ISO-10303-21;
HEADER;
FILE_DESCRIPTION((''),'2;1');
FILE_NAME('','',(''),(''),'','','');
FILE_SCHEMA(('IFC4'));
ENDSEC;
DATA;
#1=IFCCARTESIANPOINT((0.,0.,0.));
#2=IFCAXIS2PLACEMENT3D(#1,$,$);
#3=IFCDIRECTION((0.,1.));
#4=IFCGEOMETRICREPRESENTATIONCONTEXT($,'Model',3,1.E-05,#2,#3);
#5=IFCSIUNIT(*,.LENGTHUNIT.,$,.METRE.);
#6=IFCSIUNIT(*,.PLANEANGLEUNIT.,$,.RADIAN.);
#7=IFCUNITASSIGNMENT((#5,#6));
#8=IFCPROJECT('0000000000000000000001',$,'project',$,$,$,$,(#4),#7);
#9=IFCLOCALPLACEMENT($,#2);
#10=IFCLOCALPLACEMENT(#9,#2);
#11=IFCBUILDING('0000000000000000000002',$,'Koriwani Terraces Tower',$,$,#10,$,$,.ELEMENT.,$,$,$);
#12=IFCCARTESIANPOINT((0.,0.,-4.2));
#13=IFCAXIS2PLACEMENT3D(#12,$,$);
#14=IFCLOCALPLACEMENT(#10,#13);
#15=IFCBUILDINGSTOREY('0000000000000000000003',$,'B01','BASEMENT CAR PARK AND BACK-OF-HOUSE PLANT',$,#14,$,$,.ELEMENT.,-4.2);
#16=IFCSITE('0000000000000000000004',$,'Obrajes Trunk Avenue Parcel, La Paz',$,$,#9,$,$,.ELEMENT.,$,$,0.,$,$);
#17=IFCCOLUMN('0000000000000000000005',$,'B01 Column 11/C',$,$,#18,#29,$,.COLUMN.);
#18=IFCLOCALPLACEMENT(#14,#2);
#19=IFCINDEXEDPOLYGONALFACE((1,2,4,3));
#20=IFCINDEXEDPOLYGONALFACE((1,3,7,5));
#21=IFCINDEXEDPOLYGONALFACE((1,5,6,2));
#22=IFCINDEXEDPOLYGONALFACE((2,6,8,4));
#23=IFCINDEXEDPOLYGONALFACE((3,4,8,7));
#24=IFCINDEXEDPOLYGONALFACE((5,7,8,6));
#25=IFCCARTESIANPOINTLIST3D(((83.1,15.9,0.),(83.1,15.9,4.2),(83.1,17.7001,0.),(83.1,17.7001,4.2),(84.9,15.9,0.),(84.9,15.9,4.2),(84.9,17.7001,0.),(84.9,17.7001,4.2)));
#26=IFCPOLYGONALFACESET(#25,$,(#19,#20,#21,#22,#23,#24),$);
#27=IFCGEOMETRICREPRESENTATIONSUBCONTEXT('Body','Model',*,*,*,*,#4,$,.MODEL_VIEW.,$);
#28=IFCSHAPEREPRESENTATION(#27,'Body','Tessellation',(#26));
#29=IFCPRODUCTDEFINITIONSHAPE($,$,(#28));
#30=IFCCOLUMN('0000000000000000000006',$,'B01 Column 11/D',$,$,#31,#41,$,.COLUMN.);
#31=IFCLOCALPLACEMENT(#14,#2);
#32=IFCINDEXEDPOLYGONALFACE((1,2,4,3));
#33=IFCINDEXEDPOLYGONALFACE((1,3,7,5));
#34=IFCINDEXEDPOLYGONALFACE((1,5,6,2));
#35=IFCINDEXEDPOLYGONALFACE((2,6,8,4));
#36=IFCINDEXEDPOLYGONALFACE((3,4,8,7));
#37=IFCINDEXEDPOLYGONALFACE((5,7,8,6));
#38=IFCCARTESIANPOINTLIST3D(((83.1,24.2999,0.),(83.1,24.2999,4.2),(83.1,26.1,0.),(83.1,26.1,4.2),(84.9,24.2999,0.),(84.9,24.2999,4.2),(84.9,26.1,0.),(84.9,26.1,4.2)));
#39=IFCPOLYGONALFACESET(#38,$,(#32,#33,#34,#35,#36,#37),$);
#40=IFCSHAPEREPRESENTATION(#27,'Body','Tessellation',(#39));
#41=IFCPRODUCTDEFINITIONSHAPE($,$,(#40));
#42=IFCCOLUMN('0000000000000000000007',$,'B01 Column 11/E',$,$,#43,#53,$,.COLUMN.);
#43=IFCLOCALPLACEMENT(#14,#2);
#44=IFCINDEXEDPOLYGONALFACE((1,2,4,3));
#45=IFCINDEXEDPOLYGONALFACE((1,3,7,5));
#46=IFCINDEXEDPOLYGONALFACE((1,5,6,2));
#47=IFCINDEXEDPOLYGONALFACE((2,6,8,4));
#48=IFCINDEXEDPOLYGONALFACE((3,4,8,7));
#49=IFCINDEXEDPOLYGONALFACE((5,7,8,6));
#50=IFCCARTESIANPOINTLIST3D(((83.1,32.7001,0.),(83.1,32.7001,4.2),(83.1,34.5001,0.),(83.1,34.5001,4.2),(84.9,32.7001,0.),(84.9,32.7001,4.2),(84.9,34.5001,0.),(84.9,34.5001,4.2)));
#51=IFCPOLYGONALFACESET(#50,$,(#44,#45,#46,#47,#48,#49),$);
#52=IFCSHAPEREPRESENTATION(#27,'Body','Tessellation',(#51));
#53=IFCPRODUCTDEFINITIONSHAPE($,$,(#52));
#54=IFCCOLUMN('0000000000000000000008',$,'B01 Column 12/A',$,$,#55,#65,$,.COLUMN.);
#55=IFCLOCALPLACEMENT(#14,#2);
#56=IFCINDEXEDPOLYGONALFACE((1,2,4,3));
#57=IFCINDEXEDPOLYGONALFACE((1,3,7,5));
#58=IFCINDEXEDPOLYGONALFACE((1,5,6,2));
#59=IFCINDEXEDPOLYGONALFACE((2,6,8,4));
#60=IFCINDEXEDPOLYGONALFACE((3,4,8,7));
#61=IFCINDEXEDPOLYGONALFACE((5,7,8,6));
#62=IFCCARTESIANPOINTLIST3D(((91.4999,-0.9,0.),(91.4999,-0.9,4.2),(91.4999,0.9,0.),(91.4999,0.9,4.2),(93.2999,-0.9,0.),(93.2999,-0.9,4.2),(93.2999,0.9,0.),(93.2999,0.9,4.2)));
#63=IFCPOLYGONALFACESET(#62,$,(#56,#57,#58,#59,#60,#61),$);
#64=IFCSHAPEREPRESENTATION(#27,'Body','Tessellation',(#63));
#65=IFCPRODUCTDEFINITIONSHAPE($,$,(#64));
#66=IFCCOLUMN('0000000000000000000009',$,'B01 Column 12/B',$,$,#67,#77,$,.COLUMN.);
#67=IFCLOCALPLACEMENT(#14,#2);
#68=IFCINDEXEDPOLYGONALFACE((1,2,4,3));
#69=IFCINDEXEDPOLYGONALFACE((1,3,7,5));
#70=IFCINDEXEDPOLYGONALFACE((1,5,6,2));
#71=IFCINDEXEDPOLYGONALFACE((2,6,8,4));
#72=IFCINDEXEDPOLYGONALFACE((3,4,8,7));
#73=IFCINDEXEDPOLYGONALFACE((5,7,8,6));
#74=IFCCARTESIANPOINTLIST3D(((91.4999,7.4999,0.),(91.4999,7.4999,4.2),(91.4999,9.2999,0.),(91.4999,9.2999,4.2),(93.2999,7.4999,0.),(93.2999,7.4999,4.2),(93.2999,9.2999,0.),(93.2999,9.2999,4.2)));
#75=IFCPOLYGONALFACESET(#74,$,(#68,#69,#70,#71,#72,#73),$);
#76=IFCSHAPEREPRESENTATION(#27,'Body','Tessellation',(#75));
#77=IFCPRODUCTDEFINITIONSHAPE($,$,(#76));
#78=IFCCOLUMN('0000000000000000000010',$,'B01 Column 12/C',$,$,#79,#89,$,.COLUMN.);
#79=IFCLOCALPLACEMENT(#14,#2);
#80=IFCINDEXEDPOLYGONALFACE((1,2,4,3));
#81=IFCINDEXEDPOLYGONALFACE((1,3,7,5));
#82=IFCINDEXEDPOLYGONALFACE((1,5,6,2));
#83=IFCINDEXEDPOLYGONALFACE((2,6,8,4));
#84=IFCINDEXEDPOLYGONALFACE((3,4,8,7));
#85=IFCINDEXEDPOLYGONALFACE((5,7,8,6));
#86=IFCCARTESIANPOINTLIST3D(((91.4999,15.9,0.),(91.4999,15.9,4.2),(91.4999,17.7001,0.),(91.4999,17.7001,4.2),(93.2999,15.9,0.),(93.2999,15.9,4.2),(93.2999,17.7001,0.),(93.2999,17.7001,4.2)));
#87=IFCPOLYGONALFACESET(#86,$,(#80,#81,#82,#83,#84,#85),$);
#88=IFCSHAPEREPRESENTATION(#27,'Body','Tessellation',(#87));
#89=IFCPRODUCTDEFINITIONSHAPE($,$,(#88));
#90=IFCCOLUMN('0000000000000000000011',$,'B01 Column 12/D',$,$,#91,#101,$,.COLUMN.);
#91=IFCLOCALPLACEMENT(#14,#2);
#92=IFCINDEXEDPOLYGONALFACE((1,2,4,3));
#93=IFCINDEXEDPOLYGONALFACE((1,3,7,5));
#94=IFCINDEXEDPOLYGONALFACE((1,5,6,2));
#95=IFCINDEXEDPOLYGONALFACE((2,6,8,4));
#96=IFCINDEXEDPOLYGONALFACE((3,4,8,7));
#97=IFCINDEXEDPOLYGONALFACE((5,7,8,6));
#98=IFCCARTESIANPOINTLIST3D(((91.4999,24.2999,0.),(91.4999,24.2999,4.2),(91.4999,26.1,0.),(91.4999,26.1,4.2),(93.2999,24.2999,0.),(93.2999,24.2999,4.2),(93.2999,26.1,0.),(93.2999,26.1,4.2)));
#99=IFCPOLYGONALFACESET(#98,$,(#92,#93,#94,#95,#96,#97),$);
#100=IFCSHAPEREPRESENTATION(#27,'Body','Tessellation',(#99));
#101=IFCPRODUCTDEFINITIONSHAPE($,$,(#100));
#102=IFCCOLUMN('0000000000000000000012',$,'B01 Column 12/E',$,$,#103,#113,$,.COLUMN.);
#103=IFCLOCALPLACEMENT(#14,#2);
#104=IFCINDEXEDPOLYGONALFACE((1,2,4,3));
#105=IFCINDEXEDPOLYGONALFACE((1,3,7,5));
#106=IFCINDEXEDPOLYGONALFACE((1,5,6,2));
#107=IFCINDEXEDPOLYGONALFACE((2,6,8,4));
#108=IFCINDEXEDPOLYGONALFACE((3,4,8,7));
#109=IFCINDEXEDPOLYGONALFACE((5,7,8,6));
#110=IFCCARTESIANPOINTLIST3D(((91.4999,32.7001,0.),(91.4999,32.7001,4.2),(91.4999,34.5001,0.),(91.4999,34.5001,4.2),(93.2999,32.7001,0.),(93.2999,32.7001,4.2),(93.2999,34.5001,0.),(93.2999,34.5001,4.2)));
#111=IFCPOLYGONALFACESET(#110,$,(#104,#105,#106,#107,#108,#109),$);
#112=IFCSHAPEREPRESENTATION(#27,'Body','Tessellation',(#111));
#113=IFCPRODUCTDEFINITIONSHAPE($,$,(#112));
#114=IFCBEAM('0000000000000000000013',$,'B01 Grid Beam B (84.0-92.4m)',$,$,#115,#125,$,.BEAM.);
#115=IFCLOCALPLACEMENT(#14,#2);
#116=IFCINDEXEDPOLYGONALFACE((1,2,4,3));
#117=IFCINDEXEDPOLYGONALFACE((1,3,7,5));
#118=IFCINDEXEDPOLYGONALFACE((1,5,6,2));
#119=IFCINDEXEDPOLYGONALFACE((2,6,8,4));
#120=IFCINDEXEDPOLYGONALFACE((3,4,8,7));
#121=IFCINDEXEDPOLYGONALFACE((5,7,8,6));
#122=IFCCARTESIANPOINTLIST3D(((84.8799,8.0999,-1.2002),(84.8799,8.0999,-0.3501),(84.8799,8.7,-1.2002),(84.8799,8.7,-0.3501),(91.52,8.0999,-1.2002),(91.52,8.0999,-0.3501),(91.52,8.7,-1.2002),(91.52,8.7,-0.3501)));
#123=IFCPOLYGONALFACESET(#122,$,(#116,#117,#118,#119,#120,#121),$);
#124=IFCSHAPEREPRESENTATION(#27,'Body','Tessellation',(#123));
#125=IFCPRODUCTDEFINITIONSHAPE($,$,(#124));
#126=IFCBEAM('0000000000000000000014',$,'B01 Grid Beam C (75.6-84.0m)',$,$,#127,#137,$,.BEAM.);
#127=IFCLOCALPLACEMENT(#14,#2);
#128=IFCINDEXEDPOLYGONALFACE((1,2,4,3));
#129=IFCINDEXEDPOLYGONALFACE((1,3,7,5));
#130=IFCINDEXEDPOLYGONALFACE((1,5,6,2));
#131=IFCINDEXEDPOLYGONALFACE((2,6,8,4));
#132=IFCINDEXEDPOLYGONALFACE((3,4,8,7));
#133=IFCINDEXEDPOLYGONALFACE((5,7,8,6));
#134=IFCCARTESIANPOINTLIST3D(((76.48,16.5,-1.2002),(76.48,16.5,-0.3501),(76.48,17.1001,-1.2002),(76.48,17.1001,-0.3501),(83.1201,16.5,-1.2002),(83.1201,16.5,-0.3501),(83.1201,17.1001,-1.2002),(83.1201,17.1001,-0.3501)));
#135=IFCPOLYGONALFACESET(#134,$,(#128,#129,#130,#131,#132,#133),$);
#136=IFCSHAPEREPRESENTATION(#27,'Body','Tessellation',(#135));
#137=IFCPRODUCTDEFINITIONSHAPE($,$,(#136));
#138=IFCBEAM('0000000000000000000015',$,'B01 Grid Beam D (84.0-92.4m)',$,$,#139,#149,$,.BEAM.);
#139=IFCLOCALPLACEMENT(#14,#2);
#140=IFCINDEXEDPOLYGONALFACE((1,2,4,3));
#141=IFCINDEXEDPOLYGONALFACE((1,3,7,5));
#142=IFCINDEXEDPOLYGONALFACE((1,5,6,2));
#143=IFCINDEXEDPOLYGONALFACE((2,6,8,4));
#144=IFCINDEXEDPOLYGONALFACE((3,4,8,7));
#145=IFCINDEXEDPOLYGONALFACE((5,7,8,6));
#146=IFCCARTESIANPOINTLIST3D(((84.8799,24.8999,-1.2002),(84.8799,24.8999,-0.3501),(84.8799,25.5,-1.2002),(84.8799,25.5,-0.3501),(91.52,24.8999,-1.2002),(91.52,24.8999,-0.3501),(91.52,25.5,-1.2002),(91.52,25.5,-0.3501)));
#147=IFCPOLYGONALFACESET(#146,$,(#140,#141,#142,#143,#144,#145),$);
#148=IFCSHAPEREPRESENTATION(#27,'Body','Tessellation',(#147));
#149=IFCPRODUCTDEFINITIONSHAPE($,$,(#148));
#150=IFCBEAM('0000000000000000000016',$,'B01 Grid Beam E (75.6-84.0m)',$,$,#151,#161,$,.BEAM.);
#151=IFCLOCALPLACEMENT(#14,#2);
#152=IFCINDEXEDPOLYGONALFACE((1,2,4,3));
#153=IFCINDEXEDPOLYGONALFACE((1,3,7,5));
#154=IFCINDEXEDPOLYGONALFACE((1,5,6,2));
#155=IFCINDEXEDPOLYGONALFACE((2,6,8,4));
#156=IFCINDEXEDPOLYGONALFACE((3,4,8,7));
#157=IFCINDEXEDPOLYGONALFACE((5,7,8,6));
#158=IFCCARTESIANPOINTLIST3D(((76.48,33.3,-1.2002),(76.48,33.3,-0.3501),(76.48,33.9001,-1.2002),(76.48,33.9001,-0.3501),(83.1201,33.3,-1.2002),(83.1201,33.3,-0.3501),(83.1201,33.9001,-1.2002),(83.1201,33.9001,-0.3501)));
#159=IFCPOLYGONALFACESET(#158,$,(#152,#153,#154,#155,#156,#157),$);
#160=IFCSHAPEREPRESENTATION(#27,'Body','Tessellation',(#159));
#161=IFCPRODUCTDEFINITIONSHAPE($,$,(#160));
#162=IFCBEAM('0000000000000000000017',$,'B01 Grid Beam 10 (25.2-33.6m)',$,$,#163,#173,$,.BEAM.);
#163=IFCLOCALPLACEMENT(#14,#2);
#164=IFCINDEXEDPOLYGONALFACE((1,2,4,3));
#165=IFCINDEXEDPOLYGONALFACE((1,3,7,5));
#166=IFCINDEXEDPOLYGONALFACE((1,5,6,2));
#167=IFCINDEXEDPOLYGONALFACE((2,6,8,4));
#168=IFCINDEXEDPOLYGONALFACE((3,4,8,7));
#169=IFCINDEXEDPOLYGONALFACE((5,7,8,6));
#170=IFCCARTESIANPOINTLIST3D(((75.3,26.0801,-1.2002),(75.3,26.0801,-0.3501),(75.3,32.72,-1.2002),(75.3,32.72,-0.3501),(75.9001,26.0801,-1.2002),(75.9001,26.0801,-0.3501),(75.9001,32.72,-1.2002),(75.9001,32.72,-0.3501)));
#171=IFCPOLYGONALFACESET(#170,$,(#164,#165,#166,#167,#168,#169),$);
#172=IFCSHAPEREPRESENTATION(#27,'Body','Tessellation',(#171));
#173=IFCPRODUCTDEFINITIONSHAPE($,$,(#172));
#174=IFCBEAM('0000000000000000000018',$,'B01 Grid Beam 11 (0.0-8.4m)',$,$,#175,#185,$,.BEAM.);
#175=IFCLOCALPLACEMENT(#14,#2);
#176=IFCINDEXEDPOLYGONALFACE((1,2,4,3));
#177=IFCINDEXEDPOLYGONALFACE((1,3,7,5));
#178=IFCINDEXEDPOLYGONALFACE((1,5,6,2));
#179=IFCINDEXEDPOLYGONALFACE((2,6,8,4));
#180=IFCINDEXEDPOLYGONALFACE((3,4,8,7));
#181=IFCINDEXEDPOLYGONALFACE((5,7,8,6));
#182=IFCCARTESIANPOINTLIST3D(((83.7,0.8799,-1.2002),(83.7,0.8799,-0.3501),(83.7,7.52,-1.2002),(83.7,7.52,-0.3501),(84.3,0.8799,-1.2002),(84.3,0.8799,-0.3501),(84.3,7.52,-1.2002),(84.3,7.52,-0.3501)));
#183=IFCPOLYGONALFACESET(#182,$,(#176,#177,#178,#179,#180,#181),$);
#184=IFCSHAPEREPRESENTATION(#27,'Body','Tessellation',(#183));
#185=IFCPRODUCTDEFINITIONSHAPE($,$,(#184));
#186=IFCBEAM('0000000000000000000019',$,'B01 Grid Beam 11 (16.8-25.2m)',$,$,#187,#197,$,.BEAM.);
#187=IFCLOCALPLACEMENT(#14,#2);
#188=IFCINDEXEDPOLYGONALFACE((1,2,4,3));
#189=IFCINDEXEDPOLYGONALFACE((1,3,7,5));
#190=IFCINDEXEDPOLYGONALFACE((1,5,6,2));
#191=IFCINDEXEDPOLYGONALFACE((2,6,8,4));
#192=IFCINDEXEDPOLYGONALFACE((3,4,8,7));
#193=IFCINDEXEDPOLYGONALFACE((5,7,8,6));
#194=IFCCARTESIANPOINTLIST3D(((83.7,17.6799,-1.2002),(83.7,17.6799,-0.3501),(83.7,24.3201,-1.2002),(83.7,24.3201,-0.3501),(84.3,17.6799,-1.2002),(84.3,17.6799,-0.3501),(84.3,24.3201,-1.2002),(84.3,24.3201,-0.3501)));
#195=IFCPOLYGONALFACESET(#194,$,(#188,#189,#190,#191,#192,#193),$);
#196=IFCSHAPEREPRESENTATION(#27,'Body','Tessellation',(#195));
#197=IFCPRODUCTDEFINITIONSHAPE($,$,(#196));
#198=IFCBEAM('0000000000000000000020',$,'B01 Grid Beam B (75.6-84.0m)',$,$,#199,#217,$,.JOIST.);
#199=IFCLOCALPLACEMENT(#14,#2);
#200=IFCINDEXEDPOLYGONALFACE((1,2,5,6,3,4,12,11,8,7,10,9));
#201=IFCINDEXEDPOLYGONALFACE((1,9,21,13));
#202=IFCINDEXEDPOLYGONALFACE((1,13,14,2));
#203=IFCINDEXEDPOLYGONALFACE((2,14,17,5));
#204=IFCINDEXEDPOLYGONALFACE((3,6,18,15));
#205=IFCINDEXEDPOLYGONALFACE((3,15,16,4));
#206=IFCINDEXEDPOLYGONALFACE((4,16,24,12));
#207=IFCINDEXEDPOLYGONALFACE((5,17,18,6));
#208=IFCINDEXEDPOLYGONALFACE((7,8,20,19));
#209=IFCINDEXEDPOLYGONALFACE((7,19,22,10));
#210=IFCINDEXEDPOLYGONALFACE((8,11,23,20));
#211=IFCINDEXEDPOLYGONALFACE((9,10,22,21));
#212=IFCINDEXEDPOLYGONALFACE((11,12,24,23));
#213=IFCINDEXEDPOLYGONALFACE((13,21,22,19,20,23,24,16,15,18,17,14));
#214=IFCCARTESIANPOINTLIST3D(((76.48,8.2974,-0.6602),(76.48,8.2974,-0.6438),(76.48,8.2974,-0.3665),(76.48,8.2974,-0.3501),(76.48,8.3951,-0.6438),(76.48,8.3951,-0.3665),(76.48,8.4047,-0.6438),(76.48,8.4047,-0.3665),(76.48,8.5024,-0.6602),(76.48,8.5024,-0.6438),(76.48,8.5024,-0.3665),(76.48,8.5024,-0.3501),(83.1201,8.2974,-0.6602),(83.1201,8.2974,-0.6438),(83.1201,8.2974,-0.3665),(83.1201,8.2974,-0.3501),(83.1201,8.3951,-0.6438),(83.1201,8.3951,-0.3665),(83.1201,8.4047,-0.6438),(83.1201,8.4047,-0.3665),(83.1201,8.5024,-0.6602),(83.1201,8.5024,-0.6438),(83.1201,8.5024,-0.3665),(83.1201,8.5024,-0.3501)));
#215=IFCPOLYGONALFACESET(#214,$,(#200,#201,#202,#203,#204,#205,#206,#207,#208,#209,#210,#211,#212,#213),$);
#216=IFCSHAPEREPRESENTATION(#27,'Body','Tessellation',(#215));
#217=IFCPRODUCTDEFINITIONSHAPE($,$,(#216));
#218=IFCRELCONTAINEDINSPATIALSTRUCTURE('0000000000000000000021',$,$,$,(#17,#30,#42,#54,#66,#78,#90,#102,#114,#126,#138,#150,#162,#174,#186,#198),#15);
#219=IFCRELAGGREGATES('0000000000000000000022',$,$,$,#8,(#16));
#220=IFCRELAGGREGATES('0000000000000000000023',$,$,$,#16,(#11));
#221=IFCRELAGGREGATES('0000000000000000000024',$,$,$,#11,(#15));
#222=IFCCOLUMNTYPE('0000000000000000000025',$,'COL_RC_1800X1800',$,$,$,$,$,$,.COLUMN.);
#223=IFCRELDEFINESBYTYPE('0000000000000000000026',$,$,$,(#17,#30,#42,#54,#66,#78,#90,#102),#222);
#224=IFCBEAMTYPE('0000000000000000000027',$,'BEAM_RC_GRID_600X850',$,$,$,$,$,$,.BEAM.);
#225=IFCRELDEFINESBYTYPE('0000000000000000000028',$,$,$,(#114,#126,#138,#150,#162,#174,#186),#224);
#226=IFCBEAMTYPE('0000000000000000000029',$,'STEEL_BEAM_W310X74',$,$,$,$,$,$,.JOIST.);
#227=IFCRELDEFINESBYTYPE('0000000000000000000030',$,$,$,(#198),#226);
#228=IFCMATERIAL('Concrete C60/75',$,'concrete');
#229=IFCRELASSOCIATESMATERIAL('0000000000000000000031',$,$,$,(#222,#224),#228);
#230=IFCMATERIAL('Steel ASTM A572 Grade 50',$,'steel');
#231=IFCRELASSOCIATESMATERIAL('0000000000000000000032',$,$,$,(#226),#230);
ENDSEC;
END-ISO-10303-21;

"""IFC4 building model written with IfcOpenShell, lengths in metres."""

from ifc_helpers import new_model, si_unit, direction, frame, origin, origin_2d, place, context, subcontext, project, spatial, rectangle, i_section, extrude, material, material_profile, profile_set, type_object, element, save


model = new_model("IFC4")

# Units and contexts
model_context = context("Model", 3, precision=1e-05, world=origin(), true_north=direction((0.0, 1.0)))
body_context = subcontext(model_context, "Body", "Model", "MODEL_VIEW")
ifc_project = project(units=[si_unit("LENGTHUNIT", "METRE"), si_unit("PLANEANGLEUNIT", "RADIAN")], contexts=[model_context])

# Site, building, storey
site_placement = place(None, origin())
site = spatial("IfcSite", under=ifc_project, at=site_placement, Name="Obrajes Trunk Avenue Parcel, La Paz", CompositionType="ELEMENT", RefElevation=0.0)
building_placement = place(site_placement, origin())
building = spatial("IfcBuilding", under=site, at=building_placement, Name="Koriwani Terraces Tower", CompositionType="ELEMENT")
storey_placement = place(building_placement, frame((0.0, 0.0, -4.2)))
storey = spatial("IfcBuildingStorey", under=building, at=storey_placement, Name="B01", Description="BASEMENT CAR PARK AND BACK-OF-HOUSE PLANT", CompositionType="ELEMENT", Elevation=-4.2)

# Columns
ifc_material_1 = material(Name="Concrete C60/75", Category="concrete")
ifc_material_profile_1 = material_profile(ifc_material_1, rectangle(XDim=1.8, YDim=1.8, at=origin_2d()), Name="Concrete C60/75", Category="LoadBearing")
ifc_profile_set_1 = profile_set([ifc_material_profile_1], Name="Concrete C60/75")
column_type_1 = type_object("IfcColumnType", Name="COL_RC_1800X1800", PredefinedType="COLUMN", material=ifc_profile_set_1)
for number, where, z_axis, x_axis, name in (
    (1, (84.0, 16.8, 0.0), (0.0, 0.0, 1.0), (1.0, 0.0, 0.0), "B01 Column 11/C"),
    (2, (84.0, 25.2, 0.0), (0.0, 0.0, 1.0), (1.0, 0.0, 0.0), "B01 Column 11/D"),
    (3, (84.0, 33.6001, 0.0), (0.0, 0.0, 1.0), (1.0, 0.0, 0.0), "B01 Column 11/E"),
    (4, (92.3999, 0.0, 0.0), (0.0, 0.0, 1.0), (1.0, 0.0, 0.0), "B01 Column 12/A"),
    (5, (92.3999, 8.3999, 0.0), (0.0, 0.0, 1.0), (1.0, 0.0, 0.0), "B01 Column 12/B"),
    (6, (92.3999, 16.8, 0.0), (0.0, 0.0, 1.0), (1.0, 0.0, 0.0), "B01 Column 12/C"),
    (7, (92.3999, 25.2, 0.0), (0.0, 0.0, 1.0), (1.0, 0.0, 0.0), "B01 Column 12/D"),
    (8, (92.3999, 33.6001, 0.0), (0.0, 0.0, 1.0), (1.0, 0.0, 0.0), "B01 Column 12/E"),
):
    element("IfcColumn", number, at=place(storey_placement, frame(where, z_axis=z_axis, x_axis=x_axis)), inside=storey, type_object=column_type_1, Name=name, PredefinedType="COLUMN", context=body_context, shape_type="SweptSolid", body=[
        extrude(rectangle(XDim=1.8, YDim=1.8, at=origin_2d()), origin(), (0.0, 0.0, 1.0), 4.2),
    ])

# Beams
ifc_material_profile_2 = material_profile(ifc_material_1, rectangle(XDim=0.6001, YDim=0.8501, at=origin_2d()), Name="Concrete C60/75", Category="LoadBearing")
ifc_profile_set_2 = profile_set([ifc_material_profile_2], Name="Concrete C60/75")
beam_type_1 = type_object("IfcBeamType", Name="BEAM_RC_GRID_600X850", PredefinedType="BEAM", material=ifc_profile_set_2)
for number, where, z_axis, x_axis, name in (
    (9, (84.8799, 8.3999, -0.7751), (1.0, 0.0, 0.0), (0.0, 1.0, 0.0), "B01 Grid Beam B (84.0-92.4m)"),
    (10, (76.48, 16.8, -0.7751), (1.0, 0.0, 0.0), (0.0, 1.0, 0.0), "B01 Grid Beam C (75.6-84.0m)"),
    (11, (84.8799, 25.2, -0.7751), (1.0, 0.0, 0.0), (0.0, 1.0, 0.0), "B01 Grid Beam D (84.0-92.4m)"),
    (12, (76.48, 33.6001, -0.7751), (1.0, 0.0, 0.0), (0.0, 1.0, 0.0), "B01 Grid Beam E (75.6-84.0m)"),
):
    element("IfcBeam", number, at=place(storey_placement, frame(where, z_axis=z_axis, x_axis=x_axis)), inside=storey, type_object=beam_type_1, Name=name, PredefinedType="BEAM", context=body_context, shape_type="SweptSolid", body=[
        extrude(rectangle(XDim=0.6001, YDim=0.8501, at=origin_2d()), origin(), (0.0, 0.0, 1.0), 6.6401),
    ])
beam_placement = place(storey_placement, frame((75.6001, 26.0801, -0.7751), z_axis=(0.0, 1.0, 0.0), x_axis=(-1.0, 0.0, 0.0)))
element("IfcBeam", 13, at=beam_placement, inside=storey, type_object=beam_type_1, Name="B01 Grid Beam 10 (25.2-33.6m)", PredefinedType="BEAM", context=body_context, shape_type="SweptSolid", body=[
    extrude(rectangle(XDim=0.6001, YDim=0.8501, at=origin_2d()), origin(), (0.0, 0.0, 1.0), 6.6399),
])
for number, where, z_axis, x_axis, name in (
    (14, (84.0, 0.8799, -0.7751), (0.0, 1.0, 0.0), (-1.0, 0.0, 0.0), "B01 Grid Beam 11 (0.0-8.4m)"),
    (15, (84.0, 17.6799, -0.7751), (0.0, 1.0, 0.0), (-1.0, 0.0, 0.0), "B01 Grid Beam 11 (16.8-25.2m)"),
):
    element("IfcBeam", number, at=place(storey_placement, frame(where, z_axis=z_axis, x_axis=x_axis)), inside=storey, type_object=beam_type_1, Name=name, PredefinedType="BEAM", context=body_context, shape_type="SweptSolid", body=[
        extrude(rectangle(XDim=0.6001, YDim=0.8501, at=origin_2d()), origin(), (0.0, 0.0, 1.0), 6.6401),
    ])
ifc_material_2 = material(Name="Steel ASTM A572 Grade 50", Category="steel")
ifc_material_profile_3 = material_profile(ifc_material_2, i_section(OverallWidth=0.2051, OverallDepth=0.3101, WebThickness=0.0095, FlangeThickness=0.0164, at=origin_2d()), Name="Steel ASTM A572 Grade 50", Category="LoadBearing")
ifc_profile_set_3 = profile_set([ifc_material_profile_3], Name="Steel ASTM A572 Grade 50")
beam_type_2 = type_object("IfcBeamType", Name="STEEL_BEAM_W310X74", PredefinedType="JOIST", material=ifc_profile_set_3)
for number, where, z_axis, x_axis, name in (
    (16, (76.48, 8.3999, -0.5051), (1.0, 0.0, 0.0), (0.0, 1.0, 0.0), "B01 Grid Beam B (75.6-84.0m)"),
):
    element("IfcBeam", number, at=place(storey_placement, frame(where, z_axis=z_axis, x_axis=x_axis)), inside=storey, type_object=beam_type_2, Name=name, PredefinedType="JOIST", context=body_context, shape_type="SweptSolid", body=[
        extrude(i_section(OverallWidth=0.2051, OverallDepth=0.3101, WebThickness=0.0095, FlangeThickness=0.0164, at=origin_2d()), origin(), (0.0, 0.0, 1.0), 6.6401),
    ])

save(model, "model.ifc")
